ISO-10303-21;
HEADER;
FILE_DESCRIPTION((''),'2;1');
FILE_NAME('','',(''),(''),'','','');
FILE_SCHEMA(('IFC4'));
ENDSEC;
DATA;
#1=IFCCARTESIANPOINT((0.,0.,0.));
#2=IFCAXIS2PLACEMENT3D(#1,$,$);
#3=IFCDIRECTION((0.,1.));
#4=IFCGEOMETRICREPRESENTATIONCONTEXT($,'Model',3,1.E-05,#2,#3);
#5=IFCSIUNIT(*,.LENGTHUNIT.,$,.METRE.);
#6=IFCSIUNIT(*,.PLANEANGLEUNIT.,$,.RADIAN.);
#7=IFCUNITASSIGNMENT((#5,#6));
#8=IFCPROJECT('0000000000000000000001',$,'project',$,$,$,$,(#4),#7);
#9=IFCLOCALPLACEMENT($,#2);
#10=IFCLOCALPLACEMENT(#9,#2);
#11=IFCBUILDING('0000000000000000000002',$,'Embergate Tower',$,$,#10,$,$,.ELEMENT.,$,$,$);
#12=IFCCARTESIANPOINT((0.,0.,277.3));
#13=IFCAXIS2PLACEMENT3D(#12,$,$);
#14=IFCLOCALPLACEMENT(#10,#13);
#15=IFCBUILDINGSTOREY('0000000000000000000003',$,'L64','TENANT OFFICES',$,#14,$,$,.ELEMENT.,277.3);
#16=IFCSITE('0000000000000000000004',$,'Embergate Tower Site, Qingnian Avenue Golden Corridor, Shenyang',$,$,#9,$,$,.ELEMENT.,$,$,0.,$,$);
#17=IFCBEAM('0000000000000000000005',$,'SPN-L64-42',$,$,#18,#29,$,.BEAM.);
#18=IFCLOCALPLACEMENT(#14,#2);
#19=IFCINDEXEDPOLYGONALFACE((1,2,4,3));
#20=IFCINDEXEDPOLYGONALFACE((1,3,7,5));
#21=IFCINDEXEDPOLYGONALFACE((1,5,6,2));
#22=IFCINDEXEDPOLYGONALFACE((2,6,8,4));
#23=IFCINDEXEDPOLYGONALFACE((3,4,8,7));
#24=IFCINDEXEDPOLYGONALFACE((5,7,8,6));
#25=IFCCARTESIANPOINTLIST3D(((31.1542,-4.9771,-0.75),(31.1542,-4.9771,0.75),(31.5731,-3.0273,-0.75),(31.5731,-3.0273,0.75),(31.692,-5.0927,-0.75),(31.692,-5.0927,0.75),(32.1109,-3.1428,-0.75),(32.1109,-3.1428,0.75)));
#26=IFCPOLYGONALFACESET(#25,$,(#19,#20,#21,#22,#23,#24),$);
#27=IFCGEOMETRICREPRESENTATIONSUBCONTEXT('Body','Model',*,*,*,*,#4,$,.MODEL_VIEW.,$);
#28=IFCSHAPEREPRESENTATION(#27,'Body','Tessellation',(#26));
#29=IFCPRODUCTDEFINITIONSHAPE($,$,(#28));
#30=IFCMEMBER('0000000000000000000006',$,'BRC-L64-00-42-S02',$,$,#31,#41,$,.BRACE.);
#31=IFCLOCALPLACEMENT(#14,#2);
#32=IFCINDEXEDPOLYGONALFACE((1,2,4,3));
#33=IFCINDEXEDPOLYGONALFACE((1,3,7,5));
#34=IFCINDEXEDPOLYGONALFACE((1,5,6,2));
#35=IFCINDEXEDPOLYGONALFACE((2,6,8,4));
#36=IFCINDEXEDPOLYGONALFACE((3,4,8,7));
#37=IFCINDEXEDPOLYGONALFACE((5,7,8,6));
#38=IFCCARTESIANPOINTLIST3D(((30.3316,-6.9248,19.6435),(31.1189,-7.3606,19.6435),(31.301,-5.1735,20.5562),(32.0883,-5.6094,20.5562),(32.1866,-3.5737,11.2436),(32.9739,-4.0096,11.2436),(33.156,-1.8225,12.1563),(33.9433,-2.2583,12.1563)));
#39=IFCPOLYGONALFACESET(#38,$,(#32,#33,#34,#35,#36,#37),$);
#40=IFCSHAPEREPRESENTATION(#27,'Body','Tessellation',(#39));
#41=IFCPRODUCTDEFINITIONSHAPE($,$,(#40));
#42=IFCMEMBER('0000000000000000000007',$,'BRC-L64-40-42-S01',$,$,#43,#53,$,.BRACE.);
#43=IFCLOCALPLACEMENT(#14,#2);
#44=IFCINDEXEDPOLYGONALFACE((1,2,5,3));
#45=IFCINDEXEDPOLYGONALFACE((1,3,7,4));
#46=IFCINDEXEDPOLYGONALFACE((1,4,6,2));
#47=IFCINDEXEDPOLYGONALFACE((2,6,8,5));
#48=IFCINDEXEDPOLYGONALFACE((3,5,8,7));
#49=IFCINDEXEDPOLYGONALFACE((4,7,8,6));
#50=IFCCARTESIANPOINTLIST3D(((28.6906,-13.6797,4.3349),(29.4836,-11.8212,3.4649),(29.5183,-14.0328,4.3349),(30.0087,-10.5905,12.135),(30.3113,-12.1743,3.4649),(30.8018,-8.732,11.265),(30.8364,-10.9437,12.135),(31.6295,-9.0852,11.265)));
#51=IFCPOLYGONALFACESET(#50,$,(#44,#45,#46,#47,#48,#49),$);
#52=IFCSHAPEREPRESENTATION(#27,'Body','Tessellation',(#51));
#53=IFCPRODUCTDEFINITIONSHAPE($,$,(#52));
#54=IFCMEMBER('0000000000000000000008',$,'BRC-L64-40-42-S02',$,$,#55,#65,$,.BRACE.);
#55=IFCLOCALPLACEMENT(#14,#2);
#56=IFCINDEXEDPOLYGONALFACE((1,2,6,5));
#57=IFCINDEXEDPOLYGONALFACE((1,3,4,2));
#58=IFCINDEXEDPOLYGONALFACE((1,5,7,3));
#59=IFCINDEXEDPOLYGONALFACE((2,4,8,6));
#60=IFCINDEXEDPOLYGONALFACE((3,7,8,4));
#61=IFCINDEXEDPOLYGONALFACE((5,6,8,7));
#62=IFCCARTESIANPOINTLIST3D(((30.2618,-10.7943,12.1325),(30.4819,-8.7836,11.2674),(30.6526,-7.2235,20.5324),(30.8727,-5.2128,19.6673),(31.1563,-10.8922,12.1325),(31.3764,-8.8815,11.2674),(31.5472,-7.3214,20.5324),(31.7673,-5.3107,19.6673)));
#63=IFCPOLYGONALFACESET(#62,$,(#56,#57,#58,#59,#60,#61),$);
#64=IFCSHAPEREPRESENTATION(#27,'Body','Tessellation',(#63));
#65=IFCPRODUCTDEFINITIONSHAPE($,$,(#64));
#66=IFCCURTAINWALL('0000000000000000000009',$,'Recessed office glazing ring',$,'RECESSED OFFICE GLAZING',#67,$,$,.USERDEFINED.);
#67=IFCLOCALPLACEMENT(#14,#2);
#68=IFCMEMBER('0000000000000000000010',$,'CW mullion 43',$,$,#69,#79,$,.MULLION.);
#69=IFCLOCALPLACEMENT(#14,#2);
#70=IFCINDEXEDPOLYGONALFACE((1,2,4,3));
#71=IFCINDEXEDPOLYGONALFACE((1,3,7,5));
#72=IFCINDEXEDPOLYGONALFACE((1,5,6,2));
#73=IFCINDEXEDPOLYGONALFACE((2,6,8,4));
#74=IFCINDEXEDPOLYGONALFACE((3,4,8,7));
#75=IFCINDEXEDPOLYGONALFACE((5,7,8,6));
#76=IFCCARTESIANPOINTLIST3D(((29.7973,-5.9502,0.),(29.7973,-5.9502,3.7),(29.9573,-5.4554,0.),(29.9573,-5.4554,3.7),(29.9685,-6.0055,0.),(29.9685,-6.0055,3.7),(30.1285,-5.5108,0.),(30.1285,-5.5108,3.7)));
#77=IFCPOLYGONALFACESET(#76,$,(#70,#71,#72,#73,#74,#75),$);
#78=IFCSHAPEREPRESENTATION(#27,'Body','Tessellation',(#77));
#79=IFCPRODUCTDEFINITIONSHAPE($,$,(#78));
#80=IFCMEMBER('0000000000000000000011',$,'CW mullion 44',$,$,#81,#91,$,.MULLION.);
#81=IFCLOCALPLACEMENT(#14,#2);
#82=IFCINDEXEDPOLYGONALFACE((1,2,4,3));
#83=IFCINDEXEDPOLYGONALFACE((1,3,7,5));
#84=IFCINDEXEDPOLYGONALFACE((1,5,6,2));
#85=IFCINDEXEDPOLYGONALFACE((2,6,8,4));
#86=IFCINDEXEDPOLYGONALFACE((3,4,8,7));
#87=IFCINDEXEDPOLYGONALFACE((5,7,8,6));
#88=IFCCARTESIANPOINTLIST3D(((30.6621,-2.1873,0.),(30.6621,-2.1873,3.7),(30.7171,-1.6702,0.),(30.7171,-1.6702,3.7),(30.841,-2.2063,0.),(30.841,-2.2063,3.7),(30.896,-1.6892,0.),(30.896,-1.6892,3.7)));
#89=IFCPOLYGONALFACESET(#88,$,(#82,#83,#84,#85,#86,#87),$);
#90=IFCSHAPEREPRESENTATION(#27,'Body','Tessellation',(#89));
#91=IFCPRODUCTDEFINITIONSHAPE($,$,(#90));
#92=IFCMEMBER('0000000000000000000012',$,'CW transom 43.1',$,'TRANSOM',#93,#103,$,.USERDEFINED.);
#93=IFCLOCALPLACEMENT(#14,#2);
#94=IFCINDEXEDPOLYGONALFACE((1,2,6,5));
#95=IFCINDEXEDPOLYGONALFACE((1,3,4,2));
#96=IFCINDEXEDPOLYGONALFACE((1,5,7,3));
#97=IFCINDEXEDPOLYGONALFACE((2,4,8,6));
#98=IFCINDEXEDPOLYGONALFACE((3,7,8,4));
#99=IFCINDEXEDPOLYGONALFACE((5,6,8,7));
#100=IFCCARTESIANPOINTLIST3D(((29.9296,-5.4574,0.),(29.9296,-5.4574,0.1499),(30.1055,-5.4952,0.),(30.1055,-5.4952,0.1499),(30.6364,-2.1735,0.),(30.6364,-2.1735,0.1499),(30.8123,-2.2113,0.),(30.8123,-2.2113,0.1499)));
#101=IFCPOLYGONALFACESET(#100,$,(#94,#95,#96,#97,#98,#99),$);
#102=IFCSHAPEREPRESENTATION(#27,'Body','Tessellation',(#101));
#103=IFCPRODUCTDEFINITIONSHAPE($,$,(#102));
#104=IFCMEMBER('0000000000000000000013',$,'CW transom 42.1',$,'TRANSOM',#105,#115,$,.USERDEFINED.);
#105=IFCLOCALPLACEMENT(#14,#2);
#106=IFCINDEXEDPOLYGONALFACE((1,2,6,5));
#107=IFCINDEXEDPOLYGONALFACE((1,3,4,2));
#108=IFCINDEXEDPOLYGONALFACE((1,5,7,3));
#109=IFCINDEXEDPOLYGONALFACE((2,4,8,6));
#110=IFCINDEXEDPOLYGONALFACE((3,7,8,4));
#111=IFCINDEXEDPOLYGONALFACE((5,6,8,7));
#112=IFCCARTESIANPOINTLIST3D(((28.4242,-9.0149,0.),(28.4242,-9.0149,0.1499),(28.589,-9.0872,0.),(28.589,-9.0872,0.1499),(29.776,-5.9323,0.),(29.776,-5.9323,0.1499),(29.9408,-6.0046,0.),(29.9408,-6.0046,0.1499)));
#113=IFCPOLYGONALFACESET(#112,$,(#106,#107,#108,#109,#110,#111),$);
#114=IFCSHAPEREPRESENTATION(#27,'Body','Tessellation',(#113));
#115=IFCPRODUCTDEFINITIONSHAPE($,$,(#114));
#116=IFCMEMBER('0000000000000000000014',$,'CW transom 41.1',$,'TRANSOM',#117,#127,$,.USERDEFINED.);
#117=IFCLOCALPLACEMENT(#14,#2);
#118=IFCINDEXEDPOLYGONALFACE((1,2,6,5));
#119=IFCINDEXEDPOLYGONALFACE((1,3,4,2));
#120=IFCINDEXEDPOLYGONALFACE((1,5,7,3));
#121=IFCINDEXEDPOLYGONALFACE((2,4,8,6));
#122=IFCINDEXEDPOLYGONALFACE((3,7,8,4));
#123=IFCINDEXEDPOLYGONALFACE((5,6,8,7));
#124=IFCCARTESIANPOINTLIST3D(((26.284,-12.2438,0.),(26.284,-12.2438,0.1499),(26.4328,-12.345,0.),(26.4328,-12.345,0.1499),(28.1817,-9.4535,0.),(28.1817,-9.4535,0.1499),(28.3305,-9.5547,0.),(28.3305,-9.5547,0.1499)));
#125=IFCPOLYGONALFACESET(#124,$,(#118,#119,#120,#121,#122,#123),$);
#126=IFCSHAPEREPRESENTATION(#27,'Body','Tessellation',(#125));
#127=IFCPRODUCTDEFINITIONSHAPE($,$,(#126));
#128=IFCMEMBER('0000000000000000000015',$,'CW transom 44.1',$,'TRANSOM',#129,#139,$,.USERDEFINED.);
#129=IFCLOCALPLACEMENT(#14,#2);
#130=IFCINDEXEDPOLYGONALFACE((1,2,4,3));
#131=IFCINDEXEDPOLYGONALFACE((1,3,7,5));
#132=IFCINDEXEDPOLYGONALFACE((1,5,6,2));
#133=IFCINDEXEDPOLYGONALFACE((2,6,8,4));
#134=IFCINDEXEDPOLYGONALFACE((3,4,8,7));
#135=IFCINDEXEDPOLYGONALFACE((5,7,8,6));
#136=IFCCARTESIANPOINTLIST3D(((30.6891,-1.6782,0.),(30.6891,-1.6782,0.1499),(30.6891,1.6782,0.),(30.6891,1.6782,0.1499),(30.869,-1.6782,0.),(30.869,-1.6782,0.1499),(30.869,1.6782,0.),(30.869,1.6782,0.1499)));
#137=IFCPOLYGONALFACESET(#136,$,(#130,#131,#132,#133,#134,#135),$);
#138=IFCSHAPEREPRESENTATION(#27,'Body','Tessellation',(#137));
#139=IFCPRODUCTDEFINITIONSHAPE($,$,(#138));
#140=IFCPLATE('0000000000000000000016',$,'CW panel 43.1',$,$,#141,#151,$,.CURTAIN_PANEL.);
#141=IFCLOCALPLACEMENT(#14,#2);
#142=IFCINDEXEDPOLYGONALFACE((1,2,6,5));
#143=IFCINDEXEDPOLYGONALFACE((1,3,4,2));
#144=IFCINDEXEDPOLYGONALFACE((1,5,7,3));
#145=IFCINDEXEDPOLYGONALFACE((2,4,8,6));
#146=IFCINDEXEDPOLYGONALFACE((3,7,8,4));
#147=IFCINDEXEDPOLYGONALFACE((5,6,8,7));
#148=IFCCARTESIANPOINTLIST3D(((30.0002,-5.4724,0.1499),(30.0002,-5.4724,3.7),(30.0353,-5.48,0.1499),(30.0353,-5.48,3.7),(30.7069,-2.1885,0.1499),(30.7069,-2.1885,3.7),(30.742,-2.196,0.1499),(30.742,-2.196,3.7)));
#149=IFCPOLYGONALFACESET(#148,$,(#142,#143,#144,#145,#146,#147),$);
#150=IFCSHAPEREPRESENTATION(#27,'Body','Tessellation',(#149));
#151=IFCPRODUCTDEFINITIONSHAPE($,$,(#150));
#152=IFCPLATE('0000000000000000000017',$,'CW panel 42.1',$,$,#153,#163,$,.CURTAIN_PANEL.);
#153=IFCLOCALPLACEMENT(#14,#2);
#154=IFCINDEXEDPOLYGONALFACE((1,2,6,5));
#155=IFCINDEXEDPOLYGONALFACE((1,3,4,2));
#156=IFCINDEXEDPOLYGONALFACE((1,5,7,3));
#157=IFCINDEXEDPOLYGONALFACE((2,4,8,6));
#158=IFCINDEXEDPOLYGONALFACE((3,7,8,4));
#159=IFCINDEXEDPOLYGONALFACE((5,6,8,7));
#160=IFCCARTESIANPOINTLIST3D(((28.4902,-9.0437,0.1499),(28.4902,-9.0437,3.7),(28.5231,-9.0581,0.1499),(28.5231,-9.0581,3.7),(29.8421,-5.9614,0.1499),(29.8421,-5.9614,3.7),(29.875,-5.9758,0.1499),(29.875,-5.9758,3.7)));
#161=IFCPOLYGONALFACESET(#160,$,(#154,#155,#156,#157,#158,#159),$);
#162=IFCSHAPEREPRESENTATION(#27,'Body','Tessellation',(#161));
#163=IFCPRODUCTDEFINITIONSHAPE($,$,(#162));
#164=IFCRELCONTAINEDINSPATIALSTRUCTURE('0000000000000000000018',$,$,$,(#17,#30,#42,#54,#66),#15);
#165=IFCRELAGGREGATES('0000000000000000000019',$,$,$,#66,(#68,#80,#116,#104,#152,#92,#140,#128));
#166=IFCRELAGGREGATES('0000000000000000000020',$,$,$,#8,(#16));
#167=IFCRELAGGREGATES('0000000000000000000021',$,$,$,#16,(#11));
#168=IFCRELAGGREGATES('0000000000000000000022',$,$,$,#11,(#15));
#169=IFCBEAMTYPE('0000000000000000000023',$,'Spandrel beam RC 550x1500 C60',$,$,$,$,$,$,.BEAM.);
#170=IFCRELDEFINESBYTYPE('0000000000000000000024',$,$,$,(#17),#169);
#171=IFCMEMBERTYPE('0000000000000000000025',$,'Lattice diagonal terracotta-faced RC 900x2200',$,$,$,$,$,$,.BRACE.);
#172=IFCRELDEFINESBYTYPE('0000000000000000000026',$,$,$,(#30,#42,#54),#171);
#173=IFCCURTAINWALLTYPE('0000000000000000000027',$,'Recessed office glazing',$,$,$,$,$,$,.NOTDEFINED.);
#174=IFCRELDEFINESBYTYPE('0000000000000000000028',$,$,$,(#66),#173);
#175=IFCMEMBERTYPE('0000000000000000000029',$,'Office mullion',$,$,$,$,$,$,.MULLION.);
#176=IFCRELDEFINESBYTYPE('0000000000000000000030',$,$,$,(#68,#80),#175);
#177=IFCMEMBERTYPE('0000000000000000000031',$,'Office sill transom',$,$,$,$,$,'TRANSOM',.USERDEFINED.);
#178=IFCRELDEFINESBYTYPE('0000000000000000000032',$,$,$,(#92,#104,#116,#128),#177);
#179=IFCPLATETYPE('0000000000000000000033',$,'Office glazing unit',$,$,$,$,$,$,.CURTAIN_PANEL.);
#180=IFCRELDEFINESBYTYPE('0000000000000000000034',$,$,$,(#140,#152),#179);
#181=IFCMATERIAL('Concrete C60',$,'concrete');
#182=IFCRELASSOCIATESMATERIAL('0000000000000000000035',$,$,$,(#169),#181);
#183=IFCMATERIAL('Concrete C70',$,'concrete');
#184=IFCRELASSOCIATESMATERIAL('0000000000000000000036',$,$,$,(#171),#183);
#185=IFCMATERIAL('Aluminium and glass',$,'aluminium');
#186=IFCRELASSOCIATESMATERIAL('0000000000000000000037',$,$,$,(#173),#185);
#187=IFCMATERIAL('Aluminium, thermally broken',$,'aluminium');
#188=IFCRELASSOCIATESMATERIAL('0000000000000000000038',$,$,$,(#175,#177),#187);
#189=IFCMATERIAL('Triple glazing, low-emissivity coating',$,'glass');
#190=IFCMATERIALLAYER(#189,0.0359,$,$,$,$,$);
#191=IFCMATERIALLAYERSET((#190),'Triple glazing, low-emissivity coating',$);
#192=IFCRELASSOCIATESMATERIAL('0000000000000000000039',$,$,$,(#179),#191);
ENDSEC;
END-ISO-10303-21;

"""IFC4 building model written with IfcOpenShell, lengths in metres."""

from ifc_helpers import new_model, si_unit, direction, frame, origin, origin_2d, place, context, subcontext, project, spatial, rectangle, extrude, source, transform, mapped, material, layer, layer_set, material_profile, profile_set, type_object, element, aggregate, save


model = new_model("IFC4")

# Units and contexts
model_context = context("Model", 3, precision=1e-05, world=origin(), true_north=direction((0.0, 1.0)))
body_context = subcontext(model_context, "Body", "Model", "MODEL_VIEW")
ifc_project = project(units=[si_unit("LENGTHUNIT", "METRE"), si_unit("PLANEANGLEUNIT", "RADIAN")], contexts=[model_context])

# Site, building, storey
site_placement = place(None, origin())
site = spatial("IfcSite", under=ifc_project, at=site_placement, Name="Embergate Tower Site, Qingnian Avenue Golden Corridor, Shenyang", CompositionType="ELEMENT", RefElevation=0.0)
building_placement = place(site_placement, origin())
building = spatial("IfcBuilding", under=site, at=building_placement, Name="Embergate Tower", CompositionType="ELEMENT")
storey_placement = place(building_placement, frame((0.0, 0.0, 277.3)))
storey = spatial("IfcBuildingStorey", under=building, at=storey_placement, Name="L64", Description="TENANT OFFICES", CompositionType="ELEMENT", Elevation=277.3)

# Beam
ifc_material_1 = material(Name="Concrete C60", Category="concrete")
ifc_material_profile_1 = material_profile(ifc_material_1, rectangle(XDim=0.55, YDim=1.5, at=origin_2d()), Name="RC 550x1500")
ifc_profile_set_1 = profile_set([ifc_material_profile_1], Name="Concrete C60")
beam_type = type_object("IfcBeamType", Name="Spandrel beam RC 550x1500 C60", PredefinedType="BEAM", material=ifc_profile_set_1)
shared_shape_1 = source(origin(), body_context, "Body", "SweptSolid", [
    extrude(rectangle(XDim=0.55, YDim=1.5, at=origin_2d()), origin(), (0.0, 0.0, 1.0), 1.9944),
])
beam_placement = place(storey_placement, frame((31.4231, -5.0349, 0.0), z_axis=(0.210056, 0.977689, 0.0), x_axis=(-0.977689, 0.210056, 0.0)))
element("IfcBeam", 1, at=beam_placement, inside=storey, type_object=beam_type, Name="SPN-L64-42", PredefinedType="BEAM", context=body_context, shape_type="MappedRepresentation", body=[
    mapped(shared_shape_1, transform((0.0, 0.0, 0.0))),
])

# Members
ifc_material_2 = material(Name="Concrete C70", Category="concrete")
ifc_material_profile_2 = material_profile(ifc_material_2, rectangle(XDim=0.8999, YDim=2.2, at=origin_2d()), Name="RC 900x2200")
ifc_profile_set_2 = profile_set([ifc_material_profile_2], Name="Concrete C70")
member_type_1 = type_object("IfcMemberType", Name="Lattice diagonal terracotta-faced RC 900x2200", PredefinedType="BRACE", material=ifc_profile_set_2)
shared_shape_2 = source(origin(), body_context, "Body", "SweptSolid", [
    extrude(rectangle(XDim=0.8999, YDim=2.2, at=origin_2d()), origin(), (0.0, 0.0, 1.0), 9.2319),
])
member_1_placement = place(storey_placement, frame((33.0649, -2.916, 11.7), z_axis=(-0.20093, -0.362986, 0.909872), x_axis=(0.874902, -0.4843, 0.0)))
element("IfcMember", 2, at=member_1_placement, inside=storey, type_object=member_type_1, Name="BRC-L64-00-42-S02", PredefinedType="BRACE", context=body_context, shape_type="MappedRepresentation", body=[
    mapped(shared_shape_2, transform((0.0, 0.0, 0.0))),
])
shared_shape_3 = source(origin(), body_context, "Body", "SweptSolid", [
    extrude(rectangle(XDim=0.8999, YDim=2.2, at=origin_2d()), origin(), (0.0, 0.0, 1.0), 8.4924),
])
member_2_placement = place(storey_placement, frame((29.501, -12.927, 3.8999), z_axis=(0.155211, 0.36375, 0.918474), x_axis=(-0.919768, 0.392462, 0.0)))
element("IfcMember", 3, at=member_2_placement, inside=storey, type_object=member_type_1, Name="BRC-L64-40-42-S01", PredefinedType="BRACE", context=body_context, shape_type="MappedRepresentation", body=[
    mapped(shared_shape_3, transform((0.0, 0.0, 0.0))),
])
shared_shape_4 = source(origin(), body_context, "Body", "SweptSolid", [
    extrude(rectangle(XDim=0.8999, YDim=2.2, at=origin_2d()), origin(), (0.0, 0.0, 1.0), 9.1357),
])
member_3_placement = place(storey_placement, frame((30.8191, -9.8379, 11.7), z_axis=(0.042785, 0.390861, 0.919455), x_axis=(-0.994062, 0.108813, 0.0)))
element("IfcMember", 4, at=member_3_placement, inside=storey, type_object=member_type_1, Name="BRC-L64-40-42-S02", PredefinedType="BRACE", context=body_context, shape_type="MappedRepresentation", body=[
    mapped(shared_shape_4, transform((0.0, 0.0, 0.0))),
])

# Curtain wall, members, plates
ifc_material_3 = material(Name="Aluminium and glass", Category="aluminium")
curtain_wall_type = type_object("IfcCurtainWallType", Name="Recessed office glazing", PredefinedType="NOTDEFINED", material=ifc_material_3)
curtain_wall_placement = place(storey_placement, origin())
curtain_wall = element("IfcCurtainWall", 5, at=curtain_wall_placement, inside=storey, type_object=curtain_wall_type, Name="Recessed office glazing ring", ObjectType="RECESSED OFFICE GLAZING", PredefinedType="USERDEFINED")
ifc_material_4 = material(Name="Aluminium, thermally broken", Category="aluminium")
ifc_material_profile_3 = material_profile(ifc_material_4, rectangle(XDim=0.1799, YDim=0.52, at=origin_2d()), Name="AL 520x180")
ifc_profile_set_3 = profile_set([ifc_material_profile_3], Name="Aluminium, thermally broken")
member_type_2 = type_object("IfcMemberType", Name="Office mullion", PredefinedType="MULLION", material=ifc_profile_set_3)
shared_shape_5 = source(origin(), body_context, "Body", "SweptSolid", [
    extrude(rectangle(XDim=0.1799, YDim=0.52, at=origin_2d()), origin(), (0.0, 0.0, 1.0), 3.7),
])
member_4_placement = place(storey_placement, frame((29.9629, -5.7305, 0.0), z_axis=(0.0, 0.0, 1.0), x_axis=(-0.951493, 0.307671, 0.0)))
member_4 = element("IfcMember", 6, at=member_4_placement, type_object=member_type_2, Name="CW mullion 43", PredefinedType="MULLION", context=body_context, shape_type="MappedRepresentation", body=[
    mapped(shared_shape_5, transform((0.0, 0.0, 0.0))),
])
member_5_placement = place(storey_placement, frame((30.7791, -1.9382, 0.0), z_axis=(0.0, 0.0, 1.0), x_axis=(-0.994384, 0.10583, 0.0)))
member_5 = element("IfcMember", 7, at=member_5_placement, type_object=member_type_2, Name="CW mullion 44", PredefinedType="MULLION", context=body_context, shape_type="MappedRepresentation", body=[
    mapped(shared_shape_5, transform((0.0, 0.0, 0.0))),
])
ifc_material_profile_4 = material_profile(ifc_material_4, rectangle(XDim=0.1799, YDim=0.1499, at=origin_2d()), Name="AL 150x180")
ifc_profile_set_4 = profile_set([ifc_material_profile_4], Name="Aluminium, thermally broken")
member_type_3 = type_object("IfcMemberType", Name="Office sill transom", ElementType="TRANSOM", PredefinedType="USERDEFINED", material=ifc_profile_set_4)
shared_shape_6 = source(origin(), body_context, "Body", "SweptSolid", [
    extrude(rectangle(XDim=0.1799, YDim=0.1499, at=origin_2d()), origin(), (0.0, 0.0, 1.0), 3.3591),
])
member_6_placement = place(storey_placement, frame((30.0176, -5.4763, 0.075), z_axis=(0.210408, 0.977614, 0.0), x_axis=(-0.977614, 0.210408, 0.0)))
member_6 = element("IfcMember", 8, at=member_6_placement, type_object=member_type_3, Name="CW transom 43.1", ObjectType="TRANSOM", PredefinedType="USERDEFINED", context=body_context, shape_type="MappedRepresentation", body=[
    mapped(shared_shape_6, transform((0.0, 0.0, 0.0))),
])
shared_shape_7 = source(origin(), body_context, "Body", "SweptSolid", [
    extrude(rectangle(XDim=0.1799, YDim=0.1499, at=origin_2d()), origin(), (0.0, 0.0, 1.0), 3.366),
])
member_7_placement = place(storey_placement, frame((28.5066, -9.051, 0.075), z_axis=(0.401618, 0.915807, 0.0), x_axis=(-0.915807, 0.401618, 0.0)))
member_7 = element("IfcMember", 9, at=member_7_placement, type_object=member_type_3, Name="CW transom 42.1", ObjectType="TRANSOM", PredefinedType="USERDEFINED", context=body_context, shape_type="MappedRepresentation", body=[
    mapped(shared_shape_7, transform((0.0, 0.0, 0.0))),
])
shared_shape_8 = source(origin(), body_context, "Body", "SweptSolid", [
    extrude(rectangle(XDim=0.1799, YDim=0.1499, at=origin_2d()), origin(), (0.0, 0.0, 1.0), 3.3745),
])
member_8_placement = place(storey_placement, frame((26.3584, -12.2944, 0.075), z_axis=(0.562373, 0.826883, 0.0), x_axis=(-0.826883, 0.562373, 0.0)))
member_8 = element("IfcMember", 10, at=member_8_placement, type_object=member_type_3, Name="CW transom 41.1", ObjectType="TRANSOM", PredefinedType="USERDEFINED", context=body_context, shape_type="MappedRepresentation", body=[
    mapped(shared_shape_8, transform((0.0, 0.0, 0.0))),
])
shared_shape_9 = source(origin(), body_context, "Body", "SweptSolid", [
    extrude(rectangle(XDim=0.1799, YDim=0.1499, at=origin_2d()), origin(), (0.0, 0.0, 1.0), 3.3564),
])
member_9_placement = place(storey_placement, frame((30.7791, -1.6782, 0.075), z_axis=(0.0, 1.0, 0.0), x_axis=(-1.0, 0.0, 0.0)))
member_9 = element("IfcMember", 11, at=member_9_placement, type_object=member_type_3, Name="CW transom 44.1", ObjectType="TRANSOM", PredefinedType="USERDEFINED", context=body_context, shape_type="MappedRepresentation", body=[
    mapped(shared_shape_9, transform((0.0, 0.0, 0.0))),
])
ifc_material_5 = material(Name="Triple glazing, low-emissivity coating", Category="glass")
ifc_layer_1 = layer(ifc_material_5, 0.0359)
ifc_layer_set_1 = layer_set([ifc_layer_1], Name="Triple glazing, low-emissivity coating")
plate_type = type_object("IfcPlateType", Name="Office glazing unit", PredefinedType="CURTAIN_PANEL", material=ifc_layer_set_1)
shared_shape_10 = source(origin(), body_context, "Body", "SweptSolid", [
    extrude(rectangle(XDim=3.3591, YDim=0.0359, at=origin_2d()), origin(), (0.0, 0.0, 1.0), 3.55),
])
plate_1_placement = place(storey_placement, frame((30.3711, -3.8342, 0.1499), z_axis=(0.0, 0.0, 1.0), x_axis=(0.210402, 0.977615, 0.0)))
plate_1 = element("IfcPlate", 12, at=plate_1_placement, type_object=plate_type, Name="CW panel 43.1", PredefinedType="CURTAIN_PANEL", context=body_context, shape_type="MappedRepresentation", body=[
    mapped(shared_shape_10, transform((0.0, 0.0, 0.0))),
])
shared_shape_11 = source(origin(), body_context, "Body", "SweptSolid", [
    extrude(rectangle(XDim=3.3657, YDim=0.0359, at=origin_2d()), origin(), (0.0, 0.0, 1.0), 3.55),
])
plate_2_placement = place(storey_placement, frame((29.1826, -7.5098, 0.1499), z_axis=(0.0, 0.0, 1.0), x_axis=(0.401658, 0.91579, 0.0)))
plate_2 = element("IfcPlate", 13, at=plate_2_placement, type_object=plate_type, Name="CW panel 42.1", PredefinedType="CURTAIN_PANEL", context=body_context, shape_type="MappedRepresentation", body=[
    mapped(shared_shape_11, transform((0.0, 0.0, 0.0))),
])
aggregate(curtain_wall, [member_4, member_5, member_8, member_7, plate_2, member_6, plate_1, member_9])

save(model, "model.ifc")
